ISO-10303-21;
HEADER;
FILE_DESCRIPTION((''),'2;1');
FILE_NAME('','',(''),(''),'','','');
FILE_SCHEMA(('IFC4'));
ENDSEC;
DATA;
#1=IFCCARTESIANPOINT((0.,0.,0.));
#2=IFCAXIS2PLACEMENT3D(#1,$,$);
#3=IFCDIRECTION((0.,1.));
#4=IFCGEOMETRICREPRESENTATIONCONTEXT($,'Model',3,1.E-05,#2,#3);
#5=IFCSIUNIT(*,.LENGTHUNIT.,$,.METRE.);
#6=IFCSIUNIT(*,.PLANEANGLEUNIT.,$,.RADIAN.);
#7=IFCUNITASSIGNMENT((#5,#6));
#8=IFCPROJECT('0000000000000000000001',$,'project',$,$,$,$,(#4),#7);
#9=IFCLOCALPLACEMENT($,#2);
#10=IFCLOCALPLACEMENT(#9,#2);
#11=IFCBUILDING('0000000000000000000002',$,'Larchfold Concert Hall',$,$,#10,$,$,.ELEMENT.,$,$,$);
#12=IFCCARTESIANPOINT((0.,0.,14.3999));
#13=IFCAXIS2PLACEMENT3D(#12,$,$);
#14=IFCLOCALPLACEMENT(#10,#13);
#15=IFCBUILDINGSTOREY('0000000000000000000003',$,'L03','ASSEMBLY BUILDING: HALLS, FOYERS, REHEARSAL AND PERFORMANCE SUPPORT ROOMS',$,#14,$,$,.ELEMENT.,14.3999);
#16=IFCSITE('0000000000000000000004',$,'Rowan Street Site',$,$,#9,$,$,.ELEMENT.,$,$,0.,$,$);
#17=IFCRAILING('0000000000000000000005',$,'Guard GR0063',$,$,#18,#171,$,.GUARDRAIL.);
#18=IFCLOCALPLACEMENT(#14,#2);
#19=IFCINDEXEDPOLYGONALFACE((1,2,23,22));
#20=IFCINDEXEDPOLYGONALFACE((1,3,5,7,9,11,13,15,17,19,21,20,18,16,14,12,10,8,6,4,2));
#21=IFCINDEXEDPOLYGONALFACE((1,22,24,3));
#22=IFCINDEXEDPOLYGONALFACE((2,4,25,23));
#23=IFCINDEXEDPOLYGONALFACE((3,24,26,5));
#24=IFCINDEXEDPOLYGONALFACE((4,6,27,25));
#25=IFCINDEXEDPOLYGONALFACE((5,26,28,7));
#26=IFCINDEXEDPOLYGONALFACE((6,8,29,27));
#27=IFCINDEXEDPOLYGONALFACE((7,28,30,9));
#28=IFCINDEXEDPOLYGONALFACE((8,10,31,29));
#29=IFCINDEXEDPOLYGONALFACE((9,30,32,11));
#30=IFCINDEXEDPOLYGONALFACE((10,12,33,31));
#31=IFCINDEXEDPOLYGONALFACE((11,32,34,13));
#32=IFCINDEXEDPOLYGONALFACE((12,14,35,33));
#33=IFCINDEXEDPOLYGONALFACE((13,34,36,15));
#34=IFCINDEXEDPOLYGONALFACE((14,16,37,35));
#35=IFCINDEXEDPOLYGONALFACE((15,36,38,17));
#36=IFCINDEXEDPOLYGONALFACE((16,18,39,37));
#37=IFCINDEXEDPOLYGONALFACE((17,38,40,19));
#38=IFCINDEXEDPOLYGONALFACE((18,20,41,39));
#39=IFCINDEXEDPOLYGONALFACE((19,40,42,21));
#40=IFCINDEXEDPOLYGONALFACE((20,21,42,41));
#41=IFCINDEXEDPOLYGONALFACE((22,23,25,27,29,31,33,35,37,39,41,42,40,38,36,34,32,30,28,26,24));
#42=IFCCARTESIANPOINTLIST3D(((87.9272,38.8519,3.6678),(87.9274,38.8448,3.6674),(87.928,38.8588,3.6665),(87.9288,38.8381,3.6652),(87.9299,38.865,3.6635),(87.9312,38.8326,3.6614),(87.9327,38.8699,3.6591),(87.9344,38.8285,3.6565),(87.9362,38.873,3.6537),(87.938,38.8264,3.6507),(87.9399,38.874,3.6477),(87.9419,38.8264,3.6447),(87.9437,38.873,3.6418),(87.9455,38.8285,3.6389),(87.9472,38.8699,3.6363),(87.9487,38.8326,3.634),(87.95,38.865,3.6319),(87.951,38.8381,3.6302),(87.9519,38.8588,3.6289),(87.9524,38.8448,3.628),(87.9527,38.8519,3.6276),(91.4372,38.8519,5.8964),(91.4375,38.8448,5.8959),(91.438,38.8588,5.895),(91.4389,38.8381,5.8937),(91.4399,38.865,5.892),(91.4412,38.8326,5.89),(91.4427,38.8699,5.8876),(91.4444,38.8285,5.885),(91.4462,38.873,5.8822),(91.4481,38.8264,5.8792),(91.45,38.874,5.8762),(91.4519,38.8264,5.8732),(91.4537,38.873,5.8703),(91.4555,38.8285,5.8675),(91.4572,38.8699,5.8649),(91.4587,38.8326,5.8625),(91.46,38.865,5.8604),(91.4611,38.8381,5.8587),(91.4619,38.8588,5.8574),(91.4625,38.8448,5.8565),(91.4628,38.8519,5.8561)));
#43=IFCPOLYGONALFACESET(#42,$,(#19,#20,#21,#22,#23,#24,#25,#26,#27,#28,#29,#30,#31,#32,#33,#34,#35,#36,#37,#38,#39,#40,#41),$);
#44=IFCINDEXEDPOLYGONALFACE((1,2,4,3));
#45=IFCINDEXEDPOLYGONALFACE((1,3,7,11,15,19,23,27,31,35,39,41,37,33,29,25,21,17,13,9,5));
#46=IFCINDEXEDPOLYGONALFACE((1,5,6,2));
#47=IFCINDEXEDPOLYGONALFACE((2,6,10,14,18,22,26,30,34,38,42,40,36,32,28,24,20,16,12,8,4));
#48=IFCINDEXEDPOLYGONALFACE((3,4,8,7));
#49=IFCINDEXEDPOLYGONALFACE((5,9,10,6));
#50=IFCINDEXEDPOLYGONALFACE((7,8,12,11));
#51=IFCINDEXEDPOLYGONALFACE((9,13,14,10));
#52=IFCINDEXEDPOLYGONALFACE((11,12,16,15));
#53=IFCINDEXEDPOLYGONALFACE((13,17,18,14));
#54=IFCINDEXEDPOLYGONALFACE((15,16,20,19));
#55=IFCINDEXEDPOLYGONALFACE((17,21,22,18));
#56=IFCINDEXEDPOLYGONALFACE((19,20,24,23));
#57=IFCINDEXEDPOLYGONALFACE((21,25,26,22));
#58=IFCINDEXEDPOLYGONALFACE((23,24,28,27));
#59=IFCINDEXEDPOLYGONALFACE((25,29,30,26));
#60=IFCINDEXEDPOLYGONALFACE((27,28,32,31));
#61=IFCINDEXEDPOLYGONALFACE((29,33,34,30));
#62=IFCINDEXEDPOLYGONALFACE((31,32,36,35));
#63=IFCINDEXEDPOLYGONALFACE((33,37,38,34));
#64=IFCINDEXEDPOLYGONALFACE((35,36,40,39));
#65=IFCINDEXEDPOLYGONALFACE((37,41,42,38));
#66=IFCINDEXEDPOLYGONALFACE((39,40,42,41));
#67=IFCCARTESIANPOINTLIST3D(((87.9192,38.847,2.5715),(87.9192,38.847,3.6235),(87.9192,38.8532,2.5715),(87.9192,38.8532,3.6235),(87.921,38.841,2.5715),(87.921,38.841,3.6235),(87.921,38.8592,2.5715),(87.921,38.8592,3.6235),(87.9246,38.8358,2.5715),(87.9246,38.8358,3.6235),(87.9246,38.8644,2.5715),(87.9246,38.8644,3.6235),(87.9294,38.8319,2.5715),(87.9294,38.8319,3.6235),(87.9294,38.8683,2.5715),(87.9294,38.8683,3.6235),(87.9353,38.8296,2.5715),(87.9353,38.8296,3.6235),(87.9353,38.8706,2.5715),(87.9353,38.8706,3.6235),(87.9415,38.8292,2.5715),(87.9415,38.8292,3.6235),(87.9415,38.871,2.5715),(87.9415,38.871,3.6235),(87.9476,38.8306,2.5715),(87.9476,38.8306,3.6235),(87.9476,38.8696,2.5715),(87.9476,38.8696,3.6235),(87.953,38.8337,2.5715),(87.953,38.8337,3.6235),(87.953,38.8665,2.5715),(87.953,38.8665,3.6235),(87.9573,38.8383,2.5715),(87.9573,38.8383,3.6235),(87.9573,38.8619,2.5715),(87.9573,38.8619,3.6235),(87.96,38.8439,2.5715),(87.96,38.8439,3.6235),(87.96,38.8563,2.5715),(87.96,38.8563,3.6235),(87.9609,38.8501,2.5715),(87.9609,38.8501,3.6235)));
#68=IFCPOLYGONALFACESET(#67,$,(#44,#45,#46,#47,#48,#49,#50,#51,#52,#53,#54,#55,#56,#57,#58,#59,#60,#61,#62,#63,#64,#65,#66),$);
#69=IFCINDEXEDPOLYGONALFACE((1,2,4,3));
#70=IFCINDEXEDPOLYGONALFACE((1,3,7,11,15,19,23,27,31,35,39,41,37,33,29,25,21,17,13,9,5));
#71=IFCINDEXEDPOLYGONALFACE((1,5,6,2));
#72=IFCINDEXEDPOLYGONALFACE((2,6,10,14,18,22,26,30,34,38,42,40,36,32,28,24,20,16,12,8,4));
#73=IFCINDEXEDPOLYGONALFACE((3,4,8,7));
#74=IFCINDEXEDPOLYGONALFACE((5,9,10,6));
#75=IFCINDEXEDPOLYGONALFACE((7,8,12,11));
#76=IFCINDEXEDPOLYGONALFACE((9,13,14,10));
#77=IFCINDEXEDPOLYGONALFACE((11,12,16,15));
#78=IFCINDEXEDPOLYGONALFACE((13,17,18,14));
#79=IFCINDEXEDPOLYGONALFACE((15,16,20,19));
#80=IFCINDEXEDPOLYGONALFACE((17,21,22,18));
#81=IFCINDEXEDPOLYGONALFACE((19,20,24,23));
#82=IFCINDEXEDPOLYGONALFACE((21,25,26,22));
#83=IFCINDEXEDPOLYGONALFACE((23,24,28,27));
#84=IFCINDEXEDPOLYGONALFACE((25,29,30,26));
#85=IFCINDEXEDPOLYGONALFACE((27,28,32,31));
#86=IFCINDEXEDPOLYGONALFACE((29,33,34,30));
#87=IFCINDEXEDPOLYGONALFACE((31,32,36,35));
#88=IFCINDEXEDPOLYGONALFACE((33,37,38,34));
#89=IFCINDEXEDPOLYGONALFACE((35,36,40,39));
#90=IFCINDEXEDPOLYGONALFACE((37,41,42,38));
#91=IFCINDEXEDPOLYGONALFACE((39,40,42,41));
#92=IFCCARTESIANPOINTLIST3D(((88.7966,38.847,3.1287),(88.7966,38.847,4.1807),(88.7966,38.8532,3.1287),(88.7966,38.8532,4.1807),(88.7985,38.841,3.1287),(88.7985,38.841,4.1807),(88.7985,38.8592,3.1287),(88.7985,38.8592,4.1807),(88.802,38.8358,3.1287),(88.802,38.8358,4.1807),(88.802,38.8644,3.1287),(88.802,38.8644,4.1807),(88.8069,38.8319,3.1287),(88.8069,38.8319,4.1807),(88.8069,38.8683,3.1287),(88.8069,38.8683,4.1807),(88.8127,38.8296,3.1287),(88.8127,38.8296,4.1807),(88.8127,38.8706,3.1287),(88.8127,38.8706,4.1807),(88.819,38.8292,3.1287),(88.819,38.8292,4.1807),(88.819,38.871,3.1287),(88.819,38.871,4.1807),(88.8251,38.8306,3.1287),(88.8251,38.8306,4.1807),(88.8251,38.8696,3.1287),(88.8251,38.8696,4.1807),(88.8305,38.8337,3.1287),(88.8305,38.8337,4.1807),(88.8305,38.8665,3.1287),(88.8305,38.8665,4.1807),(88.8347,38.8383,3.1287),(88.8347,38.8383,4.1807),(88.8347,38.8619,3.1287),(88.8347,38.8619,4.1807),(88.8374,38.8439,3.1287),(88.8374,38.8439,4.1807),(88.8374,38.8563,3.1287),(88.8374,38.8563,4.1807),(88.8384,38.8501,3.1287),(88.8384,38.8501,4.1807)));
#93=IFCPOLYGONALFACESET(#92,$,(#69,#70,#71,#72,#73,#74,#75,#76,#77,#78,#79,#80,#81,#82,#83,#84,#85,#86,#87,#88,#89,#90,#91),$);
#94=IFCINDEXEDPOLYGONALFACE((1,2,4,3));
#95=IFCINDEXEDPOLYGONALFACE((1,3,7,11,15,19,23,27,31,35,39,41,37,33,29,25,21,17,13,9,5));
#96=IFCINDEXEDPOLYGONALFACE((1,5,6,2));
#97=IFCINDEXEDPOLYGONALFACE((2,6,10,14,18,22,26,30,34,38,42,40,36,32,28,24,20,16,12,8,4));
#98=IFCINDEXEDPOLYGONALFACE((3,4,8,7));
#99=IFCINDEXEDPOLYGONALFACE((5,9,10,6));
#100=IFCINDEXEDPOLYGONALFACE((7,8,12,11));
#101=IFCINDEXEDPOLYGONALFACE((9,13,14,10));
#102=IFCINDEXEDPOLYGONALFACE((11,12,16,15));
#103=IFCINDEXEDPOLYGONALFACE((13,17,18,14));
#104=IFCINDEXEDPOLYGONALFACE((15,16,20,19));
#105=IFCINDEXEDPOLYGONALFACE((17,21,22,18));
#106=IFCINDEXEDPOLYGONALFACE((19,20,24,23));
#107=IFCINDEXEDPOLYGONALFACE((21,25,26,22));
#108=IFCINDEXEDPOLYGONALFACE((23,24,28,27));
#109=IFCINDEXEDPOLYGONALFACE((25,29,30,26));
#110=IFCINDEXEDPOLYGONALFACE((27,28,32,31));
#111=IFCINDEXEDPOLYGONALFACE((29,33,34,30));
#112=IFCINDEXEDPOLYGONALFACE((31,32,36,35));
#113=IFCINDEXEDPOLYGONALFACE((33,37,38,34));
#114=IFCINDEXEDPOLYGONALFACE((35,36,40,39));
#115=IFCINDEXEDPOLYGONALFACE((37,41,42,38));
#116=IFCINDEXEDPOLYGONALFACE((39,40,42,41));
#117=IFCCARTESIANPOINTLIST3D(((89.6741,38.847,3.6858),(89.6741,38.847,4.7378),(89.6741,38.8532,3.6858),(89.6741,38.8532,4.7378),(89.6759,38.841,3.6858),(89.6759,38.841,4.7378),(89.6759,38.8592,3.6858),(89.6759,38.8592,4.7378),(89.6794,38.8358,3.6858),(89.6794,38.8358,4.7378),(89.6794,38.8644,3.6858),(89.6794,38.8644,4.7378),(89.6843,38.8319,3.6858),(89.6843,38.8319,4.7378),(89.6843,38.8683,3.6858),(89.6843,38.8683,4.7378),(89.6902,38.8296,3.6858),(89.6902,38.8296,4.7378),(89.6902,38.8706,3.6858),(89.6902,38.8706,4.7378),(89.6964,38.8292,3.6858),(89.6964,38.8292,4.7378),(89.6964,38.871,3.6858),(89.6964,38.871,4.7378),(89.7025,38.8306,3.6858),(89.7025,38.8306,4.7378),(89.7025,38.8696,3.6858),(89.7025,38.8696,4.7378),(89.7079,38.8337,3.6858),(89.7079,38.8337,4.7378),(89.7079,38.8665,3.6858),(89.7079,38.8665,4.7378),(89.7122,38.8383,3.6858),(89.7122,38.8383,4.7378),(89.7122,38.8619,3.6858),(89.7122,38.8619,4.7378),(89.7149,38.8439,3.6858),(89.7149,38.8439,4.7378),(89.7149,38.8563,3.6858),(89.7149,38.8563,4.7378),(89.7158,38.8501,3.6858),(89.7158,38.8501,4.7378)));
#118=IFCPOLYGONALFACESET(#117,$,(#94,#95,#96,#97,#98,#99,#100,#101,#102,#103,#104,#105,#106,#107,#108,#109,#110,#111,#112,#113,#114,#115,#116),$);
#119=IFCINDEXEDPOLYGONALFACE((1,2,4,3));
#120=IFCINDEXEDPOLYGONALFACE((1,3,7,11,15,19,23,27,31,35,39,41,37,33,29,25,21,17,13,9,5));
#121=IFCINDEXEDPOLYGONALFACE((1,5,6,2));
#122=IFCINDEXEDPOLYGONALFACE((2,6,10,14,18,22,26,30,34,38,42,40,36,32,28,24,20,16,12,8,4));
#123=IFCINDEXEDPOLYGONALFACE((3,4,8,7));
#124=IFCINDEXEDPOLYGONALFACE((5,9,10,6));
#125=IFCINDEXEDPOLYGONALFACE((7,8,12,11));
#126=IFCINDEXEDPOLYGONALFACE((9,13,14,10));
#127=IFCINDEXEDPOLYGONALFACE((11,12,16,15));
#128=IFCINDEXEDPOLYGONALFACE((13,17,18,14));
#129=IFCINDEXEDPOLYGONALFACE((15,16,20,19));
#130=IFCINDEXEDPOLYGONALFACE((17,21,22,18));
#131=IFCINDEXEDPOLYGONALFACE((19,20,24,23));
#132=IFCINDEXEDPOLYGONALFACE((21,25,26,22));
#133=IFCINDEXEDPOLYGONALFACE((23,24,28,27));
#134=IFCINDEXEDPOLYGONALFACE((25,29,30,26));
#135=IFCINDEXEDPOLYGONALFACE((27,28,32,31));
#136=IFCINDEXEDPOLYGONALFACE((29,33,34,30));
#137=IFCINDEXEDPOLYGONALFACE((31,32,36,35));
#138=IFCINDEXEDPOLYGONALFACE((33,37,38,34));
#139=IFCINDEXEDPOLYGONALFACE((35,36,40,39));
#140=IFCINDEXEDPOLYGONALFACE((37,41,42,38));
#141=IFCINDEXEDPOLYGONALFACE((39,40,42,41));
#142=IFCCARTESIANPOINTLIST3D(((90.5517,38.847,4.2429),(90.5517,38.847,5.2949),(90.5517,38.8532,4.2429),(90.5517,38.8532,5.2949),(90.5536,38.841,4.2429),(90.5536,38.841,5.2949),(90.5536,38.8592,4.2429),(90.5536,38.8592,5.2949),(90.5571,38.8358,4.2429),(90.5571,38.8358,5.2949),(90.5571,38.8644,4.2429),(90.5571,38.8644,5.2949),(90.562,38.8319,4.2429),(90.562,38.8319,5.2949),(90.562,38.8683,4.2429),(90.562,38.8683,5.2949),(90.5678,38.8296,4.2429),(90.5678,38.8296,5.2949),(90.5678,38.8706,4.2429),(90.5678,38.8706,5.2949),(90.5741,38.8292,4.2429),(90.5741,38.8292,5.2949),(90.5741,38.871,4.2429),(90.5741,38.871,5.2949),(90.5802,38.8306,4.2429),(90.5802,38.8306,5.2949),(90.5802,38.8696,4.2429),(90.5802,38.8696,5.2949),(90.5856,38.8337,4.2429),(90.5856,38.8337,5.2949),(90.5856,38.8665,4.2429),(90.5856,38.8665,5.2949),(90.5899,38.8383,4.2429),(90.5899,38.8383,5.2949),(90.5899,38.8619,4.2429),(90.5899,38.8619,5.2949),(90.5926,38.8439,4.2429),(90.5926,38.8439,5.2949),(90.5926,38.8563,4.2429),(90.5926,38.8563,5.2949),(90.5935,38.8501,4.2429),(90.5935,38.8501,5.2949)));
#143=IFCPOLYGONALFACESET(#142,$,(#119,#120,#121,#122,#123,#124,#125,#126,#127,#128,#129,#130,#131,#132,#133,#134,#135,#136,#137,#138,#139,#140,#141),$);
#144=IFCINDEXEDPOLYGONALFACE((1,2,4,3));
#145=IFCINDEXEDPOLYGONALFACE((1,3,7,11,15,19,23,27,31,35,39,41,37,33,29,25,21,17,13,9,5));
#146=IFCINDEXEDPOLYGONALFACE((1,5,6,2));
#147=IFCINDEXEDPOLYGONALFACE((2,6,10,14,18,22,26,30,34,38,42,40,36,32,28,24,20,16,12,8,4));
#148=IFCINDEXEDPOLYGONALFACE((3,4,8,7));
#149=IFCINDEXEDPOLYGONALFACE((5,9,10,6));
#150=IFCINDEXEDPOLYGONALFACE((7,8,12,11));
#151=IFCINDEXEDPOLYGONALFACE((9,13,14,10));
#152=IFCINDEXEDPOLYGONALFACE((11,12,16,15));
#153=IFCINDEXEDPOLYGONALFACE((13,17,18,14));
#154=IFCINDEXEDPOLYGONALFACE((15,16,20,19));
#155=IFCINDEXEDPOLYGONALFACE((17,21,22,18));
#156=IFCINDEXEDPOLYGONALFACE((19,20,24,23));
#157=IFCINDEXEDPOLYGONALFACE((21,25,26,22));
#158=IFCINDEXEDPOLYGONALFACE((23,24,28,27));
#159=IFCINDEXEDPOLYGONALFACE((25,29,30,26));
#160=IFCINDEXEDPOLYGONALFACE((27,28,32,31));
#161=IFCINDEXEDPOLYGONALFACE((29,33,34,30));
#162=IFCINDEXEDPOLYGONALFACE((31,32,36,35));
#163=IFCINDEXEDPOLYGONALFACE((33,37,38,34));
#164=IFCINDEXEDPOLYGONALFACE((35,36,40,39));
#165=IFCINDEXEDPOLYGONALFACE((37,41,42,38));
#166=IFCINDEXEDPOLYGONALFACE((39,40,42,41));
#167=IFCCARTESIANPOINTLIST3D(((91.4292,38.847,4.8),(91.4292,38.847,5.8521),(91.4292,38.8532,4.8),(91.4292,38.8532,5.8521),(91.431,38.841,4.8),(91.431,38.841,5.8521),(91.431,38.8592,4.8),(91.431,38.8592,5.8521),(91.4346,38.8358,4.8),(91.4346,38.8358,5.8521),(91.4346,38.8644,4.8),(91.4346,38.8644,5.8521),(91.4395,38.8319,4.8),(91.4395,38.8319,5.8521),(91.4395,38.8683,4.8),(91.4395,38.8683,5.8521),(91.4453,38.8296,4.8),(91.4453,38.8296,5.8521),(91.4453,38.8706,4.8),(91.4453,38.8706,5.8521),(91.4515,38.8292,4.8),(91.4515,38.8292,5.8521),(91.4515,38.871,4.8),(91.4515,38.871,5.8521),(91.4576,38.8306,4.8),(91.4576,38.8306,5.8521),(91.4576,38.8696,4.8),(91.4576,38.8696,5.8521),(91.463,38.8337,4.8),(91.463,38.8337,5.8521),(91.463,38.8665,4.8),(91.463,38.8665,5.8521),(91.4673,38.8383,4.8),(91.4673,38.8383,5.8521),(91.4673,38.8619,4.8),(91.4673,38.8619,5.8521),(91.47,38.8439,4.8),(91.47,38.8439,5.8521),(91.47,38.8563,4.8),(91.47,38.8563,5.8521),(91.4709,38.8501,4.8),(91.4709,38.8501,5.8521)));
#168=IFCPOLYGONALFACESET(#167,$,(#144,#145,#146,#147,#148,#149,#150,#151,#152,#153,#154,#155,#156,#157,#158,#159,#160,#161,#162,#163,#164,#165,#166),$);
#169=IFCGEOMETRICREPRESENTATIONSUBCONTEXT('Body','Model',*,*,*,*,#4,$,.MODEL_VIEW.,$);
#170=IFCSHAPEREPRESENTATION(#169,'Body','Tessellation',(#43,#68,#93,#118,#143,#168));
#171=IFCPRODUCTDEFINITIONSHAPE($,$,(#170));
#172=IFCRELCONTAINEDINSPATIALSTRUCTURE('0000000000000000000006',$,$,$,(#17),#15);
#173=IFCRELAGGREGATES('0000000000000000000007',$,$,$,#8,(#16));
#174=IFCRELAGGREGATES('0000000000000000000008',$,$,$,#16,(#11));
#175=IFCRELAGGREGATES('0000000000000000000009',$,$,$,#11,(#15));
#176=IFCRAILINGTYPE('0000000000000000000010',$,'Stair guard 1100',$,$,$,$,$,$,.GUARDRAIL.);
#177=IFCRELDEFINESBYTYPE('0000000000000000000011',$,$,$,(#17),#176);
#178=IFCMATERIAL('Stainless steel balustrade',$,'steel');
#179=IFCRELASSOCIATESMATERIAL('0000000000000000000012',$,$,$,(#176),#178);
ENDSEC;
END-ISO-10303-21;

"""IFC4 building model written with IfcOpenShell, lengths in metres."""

from ifc_helpers import new_model, si_unit, direction, frame, origin, origin_2d, place, context, subcontext, project, spatial, circle, extrude, material, type_object, element, save


model = new_model("IFC4")

# Units and contexts
model_context = context("Model", 3, precision=1e-05, world=origin(), true_north=direction((0.0, 1.0)))
body_context = subcontext(model_context, "Body", "Model", "MODEL_VIEW")
ifc_project = project(units=[si_unit("LENGTHUNIT", "METRE"), si_unit("PLANEANGLEUNIT", "RADIAN")], contexts=[model_context])

# Site, building, storey
site_placement = place(None, origin())
site = spatial("IfcSite", under=ifc_project, at=site_placement, Name="Rowan Street Site", CompositionType="ELEMENT", RefElevation=0.0)
building_placement = place(site_placement, origin())
building = spatial("IfcBuilding", under=site, at=building_placement, Name="Larchfold Concert Hall", CompositionType="ELEMENT")
storey_placement = place(building_placement, frame((0.0, 0.0, 14.3999)))
storey = spatial("IfcBuildingStorey", under=building, at=storey_placement, Name="L03", Description="ASSEMBLY BUILDING: HALLS, FOYERS, REHEARSAL AND PERFORMANCE SUPPORT ROOMS", CompositionType="ELEMENT", Elevation=14.3999)

# Railing
ifc_material_1 = material(Name="Stainless steel balustrade", Category="steel")
railing_type_1 = type_object("IfcRailingType", Name="Stair guard 1100", PredefinedType="GUARDRAIL", material=ifc_material_1)
railing_1_placement = place(storey_placement, frame((87.9399, 38.8501, 2.5715)))
element("IfcRailing", 1, at=railing_1_placement, inside=storey, type_object=railing_type_1, Name="Guard GR0063", PredefinedType="GUARDRAIL", context=body_context, shape_type="SweptSolid", body=[
    extrude(circle(Radius=0.0239, at=origin_2d()), frame((0.0, 0.0, 1.0762), z_axis=(0.84422, 0.0, 0.535998), x_axis=(0.0, 1.0, 0.0)), (0.0, 0.0, 1.0), 4.1577),
    extrude(circle(Radius=0.021, at=origin_2d()), origin(), (0.0, 0.0, 1.0), 1.052),
    extrude(circle(Radius=0.021, at=origin_2d()), frame((0.8774, 0.0, 0.5571)), (0.0, 0.0, 1.0), 1.052),
    extrude(circle(Radius=0.021, at=origin_2d()), frame((1.7549, 0.0, 1.1143)), (0.0, 0.0, 1.0), 1.052),
    extrude(circle(Radius=0.021, at=origin_2d()), frame((2.6326, 0.0, 1.6714)), (0.0, 0.0, 1.0), 1.052),
    extrude(circle(Radius=0.021, at=origin_2d()), frame((3.51, 0.0, 2.2285)), (0.0, 0.0, 1.0), 1.052),
])

save(model, "model.ifc")
